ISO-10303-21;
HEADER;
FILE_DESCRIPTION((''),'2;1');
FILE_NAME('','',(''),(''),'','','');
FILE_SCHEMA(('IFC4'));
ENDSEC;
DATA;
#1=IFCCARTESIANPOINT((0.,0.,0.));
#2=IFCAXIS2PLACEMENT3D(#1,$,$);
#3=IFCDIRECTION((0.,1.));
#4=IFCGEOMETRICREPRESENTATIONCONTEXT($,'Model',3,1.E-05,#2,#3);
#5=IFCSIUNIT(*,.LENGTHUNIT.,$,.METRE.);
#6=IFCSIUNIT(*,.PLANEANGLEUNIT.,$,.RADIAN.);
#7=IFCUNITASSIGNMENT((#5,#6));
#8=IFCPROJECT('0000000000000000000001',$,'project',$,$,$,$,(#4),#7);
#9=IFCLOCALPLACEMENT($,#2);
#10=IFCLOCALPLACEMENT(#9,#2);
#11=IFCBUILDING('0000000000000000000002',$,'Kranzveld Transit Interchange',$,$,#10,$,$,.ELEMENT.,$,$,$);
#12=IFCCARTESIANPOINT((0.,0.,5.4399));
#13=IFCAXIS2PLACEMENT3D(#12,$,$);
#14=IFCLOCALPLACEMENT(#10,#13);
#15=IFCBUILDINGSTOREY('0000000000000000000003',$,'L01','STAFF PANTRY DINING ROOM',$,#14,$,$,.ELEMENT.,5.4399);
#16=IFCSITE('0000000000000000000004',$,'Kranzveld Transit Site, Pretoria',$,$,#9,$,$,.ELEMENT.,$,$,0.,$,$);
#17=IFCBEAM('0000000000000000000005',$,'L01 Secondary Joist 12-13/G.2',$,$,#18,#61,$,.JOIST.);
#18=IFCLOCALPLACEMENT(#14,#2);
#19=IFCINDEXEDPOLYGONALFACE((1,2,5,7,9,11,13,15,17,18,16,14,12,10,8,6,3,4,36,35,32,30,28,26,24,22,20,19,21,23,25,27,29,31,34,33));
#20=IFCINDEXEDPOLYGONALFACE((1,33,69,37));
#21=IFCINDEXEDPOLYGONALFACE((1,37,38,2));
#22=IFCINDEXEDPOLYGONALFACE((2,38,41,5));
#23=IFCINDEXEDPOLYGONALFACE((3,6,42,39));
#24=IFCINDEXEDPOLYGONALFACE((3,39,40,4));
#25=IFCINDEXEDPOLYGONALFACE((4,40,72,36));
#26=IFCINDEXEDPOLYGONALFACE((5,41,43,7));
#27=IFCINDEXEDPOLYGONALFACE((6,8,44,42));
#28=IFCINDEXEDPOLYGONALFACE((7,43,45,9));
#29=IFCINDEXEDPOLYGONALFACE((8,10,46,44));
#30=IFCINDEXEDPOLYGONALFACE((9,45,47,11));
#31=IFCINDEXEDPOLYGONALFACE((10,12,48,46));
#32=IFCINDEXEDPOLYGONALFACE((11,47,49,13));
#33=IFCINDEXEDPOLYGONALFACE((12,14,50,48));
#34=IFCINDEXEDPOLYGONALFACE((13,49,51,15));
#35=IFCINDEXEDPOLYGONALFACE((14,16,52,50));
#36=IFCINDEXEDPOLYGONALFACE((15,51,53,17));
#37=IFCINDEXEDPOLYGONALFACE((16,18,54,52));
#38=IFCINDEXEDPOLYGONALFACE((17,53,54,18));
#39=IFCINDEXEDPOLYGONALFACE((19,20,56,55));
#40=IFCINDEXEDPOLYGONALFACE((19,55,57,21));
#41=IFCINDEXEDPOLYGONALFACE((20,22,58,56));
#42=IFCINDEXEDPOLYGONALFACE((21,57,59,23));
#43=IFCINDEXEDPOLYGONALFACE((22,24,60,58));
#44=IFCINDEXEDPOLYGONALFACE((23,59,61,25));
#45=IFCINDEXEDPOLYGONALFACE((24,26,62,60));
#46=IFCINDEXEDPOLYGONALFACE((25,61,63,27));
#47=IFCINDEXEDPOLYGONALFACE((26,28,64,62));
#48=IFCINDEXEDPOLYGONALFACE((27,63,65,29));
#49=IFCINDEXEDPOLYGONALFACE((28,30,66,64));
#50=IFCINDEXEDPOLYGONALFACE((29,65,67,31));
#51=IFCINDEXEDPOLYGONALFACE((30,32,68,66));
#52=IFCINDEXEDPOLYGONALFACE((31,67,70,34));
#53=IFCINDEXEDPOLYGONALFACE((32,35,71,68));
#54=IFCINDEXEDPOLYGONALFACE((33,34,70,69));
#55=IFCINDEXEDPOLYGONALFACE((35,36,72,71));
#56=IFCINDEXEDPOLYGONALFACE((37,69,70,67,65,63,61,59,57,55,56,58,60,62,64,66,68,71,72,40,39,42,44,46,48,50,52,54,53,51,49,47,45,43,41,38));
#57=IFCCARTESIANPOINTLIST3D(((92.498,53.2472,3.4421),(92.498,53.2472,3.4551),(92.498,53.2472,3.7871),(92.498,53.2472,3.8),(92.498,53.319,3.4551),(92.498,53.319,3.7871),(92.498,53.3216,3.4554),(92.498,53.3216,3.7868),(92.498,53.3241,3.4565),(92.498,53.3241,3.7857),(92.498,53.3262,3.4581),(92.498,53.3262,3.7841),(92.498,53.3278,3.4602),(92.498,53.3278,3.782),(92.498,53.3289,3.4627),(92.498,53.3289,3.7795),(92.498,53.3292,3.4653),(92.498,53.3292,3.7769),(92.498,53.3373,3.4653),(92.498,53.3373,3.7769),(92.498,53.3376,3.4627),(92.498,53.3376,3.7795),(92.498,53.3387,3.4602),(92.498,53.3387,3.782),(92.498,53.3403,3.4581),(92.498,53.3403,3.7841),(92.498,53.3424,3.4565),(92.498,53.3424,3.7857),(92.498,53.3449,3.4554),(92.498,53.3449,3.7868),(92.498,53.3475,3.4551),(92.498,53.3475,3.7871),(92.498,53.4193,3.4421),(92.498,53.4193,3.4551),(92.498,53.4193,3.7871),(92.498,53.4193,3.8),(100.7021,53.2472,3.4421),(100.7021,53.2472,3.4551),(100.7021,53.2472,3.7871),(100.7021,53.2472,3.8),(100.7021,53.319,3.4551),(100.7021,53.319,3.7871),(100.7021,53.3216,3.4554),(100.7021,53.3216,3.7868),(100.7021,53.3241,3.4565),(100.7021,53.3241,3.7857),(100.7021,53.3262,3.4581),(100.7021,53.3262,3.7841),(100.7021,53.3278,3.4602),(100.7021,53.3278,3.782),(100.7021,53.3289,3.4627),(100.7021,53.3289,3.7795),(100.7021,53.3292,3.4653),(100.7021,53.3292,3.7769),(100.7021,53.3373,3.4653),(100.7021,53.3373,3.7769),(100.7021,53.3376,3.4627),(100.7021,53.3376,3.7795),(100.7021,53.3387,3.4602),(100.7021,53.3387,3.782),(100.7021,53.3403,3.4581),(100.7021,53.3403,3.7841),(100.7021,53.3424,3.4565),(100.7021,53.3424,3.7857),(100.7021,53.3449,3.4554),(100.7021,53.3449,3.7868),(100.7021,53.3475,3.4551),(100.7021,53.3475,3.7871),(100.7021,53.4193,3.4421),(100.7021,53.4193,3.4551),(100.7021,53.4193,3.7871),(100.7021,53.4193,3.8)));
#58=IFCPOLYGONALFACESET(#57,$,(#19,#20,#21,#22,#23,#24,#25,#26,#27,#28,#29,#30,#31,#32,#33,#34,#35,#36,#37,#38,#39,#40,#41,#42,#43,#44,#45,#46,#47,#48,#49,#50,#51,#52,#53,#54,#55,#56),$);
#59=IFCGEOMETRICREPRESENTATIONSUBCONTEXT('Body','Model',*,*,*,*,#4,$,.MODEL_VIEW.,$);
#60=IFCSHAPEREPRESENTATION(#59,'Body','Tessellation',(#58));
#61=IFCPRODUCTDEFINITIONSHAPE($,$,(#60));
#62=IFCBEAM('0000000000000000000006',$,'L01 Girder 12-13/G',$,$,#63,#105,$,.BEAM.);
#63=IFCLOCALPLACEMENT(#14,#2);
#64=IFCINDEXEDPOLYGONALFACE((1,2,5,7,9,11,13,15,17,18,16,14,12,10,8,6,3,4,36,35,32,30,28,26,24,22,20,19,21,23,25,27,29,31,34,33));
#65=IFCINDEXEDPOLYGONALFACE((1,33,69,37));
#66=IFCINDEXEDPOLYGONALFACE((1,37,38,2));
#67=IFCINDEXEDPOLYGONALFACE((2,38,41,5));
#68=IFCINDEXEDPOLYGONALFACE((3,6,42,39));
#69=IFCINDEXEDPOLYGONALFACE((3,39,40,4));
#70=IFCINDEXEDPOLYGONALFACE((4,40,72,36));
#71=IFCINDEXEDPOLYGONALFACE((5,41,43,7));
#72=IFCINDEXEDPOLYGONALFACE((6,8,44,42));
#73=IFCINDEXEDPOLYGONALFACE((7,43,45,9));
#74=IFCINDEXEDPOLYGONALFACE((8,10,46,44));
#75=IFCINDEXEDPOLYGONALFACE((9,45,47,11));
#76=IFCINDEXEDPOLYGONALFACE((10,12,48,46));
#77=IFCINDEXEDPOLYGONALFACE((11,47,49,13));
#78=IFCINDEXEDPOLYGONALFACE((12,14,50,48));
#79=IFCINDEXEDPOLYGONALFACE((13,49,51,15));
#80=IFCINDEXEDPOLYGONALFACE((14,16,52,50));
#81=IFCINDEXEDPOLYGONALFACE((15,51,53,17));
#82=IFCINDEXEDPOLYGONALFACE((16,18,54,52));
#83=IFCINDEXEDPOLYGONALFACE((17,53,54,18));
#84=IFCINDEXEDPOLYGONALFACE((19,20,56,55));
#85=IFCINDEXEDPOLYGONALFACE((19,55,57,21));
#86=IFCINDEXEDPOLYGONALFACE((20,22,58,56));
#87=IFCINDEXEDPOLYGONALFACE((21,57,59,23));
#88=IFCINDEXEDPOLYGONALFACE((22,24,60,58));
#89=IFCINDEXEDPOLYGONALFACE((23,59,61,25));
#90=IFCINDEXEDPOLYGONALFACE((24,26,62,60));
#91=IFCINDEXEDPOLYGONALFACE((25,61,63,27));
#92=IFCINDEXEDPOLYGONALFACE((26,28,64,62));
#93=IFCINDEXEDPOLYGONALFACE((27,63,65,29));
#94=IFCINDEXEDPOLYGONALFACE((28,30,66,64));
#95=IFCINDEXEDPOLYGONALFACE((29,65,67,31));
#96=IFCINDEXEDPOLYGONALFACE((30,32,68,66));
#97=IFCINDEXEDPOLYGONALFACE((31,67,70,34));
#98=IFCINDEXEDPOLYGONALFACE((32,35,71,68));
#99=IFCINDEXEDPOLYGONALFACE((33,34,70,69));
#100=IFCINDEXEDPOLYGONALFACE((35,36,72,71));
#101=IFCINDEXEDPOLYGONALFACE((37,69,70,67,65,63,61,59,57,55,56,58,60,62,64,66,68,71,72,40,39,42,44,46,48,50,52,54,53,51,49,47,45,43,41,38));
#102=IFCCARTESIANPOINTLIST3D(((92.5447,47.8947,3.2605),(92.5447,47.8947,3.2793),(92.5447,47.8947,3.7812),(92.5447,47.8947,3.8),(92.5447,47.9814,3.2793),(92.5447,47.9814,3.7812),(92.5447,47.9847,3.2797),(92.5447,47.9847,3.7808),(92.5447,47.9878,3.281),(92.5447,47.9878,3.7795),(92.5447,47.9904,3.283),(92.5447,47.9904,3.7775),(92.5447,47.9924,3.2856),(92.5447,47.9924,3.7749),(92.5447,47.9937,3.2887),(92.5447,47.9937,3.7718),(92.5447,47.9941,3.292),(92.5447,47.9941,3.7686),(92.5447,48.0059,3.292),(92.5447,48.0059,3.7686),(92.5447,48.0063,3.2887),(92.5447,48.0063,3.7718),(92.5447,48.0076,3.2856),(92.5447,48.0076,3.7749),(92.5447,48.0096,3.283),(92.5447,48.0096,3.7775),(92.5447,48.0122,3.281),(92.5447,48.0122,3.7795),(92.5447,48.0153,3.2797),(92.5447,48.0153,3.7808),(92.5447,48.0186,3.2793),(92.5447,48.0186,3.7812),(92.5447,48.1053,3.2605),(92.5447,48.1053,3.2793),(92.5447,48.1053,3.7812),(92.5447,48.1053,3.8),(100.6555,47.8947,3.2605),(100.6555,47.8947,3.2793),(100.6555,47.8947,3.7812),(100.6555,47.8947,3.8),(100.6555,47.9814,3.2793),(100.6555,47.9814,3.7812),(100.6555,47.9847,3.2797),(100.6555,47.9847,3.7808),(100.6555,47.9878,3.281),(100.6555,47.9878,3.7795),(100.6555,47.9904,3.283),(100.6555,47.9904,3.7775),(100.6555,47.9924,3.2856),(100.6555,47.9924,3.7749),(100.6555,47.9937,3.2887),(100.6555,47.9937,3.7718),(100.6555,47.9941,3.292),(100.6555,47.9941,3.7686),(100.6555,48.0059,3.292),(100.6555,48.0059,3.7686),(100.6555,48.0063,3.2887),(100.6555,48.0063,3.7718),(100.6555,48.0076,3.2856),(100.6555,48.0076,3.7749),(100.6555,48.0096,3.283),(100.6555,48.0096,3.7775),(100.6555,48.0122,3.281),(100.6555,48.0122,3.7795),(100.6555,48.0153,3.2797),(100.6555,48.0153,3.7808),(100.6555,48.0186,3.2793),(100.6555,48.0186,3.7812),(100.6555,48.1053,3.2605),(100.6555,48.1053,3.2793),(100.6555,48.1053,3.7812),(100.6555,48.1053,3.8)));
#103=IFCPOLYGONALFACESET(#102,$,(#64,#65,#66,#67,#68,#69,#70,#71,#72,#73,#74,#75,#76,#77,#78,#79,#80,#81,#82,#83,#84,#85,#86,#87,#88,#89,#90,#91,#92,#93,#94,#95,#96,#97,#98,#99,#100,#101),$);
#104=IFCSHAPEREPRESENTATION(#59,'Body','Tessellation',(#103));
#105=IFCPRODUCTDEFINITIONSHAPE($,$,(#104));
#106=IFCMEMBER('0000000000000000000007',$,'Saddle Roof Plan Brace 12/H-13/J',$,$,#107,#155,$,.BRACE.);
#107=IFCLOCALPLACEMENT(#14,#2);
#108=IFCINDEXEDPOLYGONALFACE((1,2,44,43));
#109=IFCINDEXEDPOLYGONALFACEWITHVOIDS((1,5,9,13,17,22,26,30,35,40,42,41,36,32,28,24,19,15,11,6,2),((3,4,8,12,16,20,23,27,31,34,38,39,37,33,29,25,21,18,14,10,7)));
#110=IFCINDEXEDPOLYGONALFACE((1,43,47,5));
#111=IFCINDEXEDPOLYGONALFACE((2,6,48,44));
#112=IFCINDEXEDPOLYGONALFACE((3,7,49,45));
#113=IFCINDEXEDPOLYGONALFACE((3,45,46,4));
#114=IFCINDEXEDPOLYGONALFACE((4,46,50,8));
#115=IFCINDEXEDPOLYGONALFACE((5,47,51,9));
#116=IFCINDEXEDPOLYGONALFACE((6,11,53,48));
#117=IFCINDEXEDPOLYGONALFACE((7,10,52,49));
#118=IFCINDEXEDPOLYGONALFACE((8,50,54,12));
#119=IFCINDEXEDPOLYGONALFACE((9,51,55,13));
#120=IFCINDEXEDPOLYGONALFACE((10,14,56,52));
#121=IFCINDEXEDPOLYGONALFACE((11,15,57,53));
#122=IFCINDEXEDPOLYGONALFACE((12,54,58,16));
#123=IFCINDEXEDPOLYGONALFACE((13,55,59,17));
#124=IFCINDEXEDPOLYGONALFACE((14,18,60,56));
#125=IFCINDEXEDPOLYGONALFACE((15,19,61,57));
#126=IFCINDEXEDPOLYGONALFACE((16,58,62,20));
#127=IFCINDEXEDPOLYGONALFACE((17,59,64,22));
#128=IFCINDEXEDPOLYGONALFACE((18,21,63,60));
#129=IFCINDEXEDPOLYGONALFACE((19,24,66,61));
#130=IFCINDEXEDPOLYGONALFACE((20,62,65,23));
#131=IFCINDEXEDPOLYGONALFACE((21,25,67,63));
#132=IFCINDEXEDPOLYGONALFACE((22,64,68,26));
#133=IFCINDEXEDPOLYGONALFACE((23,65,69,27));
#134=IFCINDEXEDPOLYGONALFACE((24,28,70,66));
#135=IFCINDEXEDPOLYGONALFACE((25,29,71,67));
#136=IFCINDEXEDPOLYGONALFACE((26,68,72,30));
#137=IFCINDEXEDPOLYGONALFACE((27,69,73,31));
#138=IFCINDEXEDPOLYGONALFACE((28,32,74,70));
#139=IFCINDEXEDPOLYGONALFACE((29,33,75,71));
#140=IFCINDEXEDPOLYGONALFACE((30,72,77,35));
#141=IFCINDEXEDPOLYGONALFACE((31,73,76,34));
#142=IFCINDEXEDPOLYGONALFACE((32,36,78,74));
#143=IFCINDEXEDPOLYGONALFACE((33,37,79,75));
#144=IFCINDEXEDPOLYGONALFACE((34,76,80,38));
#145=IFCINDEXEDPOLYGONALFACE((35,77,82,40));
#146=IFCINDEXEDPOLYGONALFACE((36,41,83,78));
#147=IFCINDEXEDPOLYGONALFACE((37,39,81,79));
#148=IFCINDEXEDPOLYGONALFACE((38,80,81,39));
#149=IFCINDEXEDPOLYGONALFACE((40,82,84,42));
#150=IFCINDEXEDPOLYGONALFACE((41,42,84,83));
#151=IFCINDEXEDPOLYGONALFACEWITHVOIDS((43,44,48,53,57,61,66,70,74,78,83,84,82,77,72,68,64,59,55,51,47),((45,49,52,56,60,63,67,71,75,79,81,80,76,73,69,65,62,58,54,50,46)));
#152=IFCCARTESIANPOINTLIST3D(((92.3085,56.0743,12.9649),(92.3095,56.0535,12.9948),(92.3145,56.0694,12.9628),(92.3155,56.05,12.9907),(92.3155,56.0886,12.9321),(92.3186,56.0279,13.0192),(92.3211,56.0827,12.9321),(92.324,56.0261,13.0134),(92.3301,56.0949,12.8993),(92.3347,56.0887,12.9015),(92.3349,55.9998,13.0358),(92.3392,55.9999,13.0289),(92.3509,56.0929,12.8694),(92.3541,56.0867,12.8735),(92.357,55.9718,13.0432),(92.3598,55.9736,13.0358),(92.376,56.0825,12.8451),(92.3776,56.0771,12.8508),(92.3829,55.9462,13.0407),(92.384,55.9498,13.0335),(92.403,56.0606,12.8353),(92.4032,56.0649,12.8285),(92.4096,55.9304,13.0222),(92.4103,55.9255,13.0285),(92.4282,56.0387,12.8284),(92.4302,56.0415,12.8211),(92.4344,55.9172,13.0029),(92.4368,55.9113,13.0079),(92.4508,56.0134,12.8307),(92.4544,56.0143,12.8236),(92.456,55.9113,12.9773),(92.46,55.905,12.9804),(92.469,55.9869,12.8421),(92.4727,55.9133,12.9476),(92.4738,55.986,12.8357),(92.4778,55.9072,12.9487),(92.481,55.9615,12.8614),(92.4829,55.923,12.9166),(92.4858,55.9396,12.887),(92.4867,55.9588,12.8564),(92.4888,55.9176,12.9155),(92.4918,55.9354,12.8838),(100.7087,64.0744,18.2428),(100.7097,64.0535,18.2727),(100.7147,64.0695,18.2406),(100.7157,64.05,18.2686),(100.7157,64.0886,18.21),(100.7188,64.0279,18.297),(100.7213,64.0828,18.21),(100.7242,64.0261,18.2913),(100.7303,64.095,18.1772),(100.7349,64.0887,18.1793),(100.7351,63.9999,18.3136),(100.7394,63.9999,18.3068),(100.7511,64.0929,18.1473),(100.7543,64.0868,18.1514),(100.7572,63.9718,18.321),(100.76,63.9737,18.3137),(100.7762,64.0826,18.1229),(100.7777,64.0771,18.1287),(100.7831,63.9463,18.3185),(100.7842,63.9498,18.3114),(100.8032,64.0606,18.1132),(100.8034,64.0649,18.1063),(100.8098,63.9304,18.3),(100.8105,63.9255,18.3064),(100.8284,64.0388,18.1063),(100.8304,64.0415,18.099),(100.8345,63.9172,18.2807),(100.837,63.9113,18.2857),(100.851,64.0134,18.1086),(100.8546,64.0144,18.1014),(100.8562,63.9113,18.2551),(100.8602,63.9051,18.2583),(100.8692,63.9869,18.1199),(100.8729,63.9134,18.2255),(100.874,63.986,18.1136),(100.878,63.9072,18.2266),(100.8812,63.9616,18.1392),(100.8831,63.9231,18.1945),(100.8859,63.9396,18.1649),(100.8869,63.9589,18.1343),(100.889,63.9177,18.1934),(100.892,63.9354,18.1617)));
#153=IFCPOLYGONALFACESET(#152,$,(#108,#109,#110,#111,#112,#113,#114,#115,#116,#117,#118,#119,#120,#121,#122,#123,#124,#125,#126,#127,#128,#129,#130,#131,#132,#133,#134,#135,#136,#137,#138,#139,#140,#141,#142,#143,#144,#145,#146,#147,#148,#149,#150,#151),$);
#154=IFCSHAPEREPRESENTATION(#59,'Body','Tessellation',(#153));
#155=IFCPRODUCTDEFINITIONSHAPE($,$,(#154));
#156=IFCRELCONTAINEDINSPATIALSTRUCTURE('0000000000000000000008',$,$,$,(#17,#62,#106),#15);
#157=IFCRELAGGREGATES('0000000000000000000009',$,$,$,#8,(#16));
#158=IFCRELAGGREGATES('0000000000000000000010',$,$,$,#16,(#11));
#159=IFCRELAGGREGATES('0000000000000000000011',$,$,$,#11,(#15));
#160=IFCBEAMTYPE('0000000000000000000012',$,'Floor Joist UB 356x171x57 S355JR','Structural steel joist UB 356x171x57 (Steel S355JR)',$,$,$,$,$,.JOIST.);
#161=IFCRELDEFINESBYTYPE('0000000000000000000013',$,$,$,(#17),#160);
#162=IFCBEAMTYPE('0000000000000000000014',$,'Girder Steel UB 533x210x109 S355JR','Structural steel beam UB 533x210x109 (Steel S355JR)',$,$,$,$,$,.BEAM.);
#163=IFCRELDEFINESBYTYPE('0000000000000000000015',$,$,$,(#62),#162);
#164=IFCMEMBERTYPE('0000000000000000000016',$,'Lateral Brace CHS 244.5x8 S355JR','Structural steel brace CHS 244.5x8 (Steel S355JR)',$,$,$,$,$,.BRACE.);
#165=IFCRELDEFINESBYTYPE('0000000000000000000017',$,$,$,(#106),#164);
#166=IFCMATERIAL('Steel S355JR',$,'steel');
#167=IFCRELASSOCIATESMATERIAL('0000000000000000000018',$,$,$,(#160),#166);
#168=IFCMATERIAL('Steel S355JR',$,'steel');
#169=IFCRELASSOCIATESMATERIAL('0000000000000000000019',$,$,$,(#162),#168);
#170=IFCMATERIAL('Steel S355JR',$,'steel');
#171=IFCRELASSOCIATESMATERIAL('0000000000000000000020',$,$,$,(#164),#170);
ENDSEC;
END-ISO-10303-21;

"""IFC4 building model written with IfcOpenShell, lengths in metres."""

from ifc_helpers import new_model, si_unit, direction, frame, origin, origin_2d, place, context, subcontext, project, spatial, hollow_circle, i_section, extrude, material, material_profile, profile_set, type_object, element, save


model = new_model("IFC4")

# Units and contexts
model_context = context("Model", 3, precision=1e-05, world=origin(), true_north=direction((0.0, 1.0)))
body_context = subcontext(model_context, "Body", "Model", "MODEL_VIEW")
ifc_project = project(units=[si_unit("LENGTHUNIT", "METRE"), si_unit("PLANEANGLEUNIT", "RADIAN")], contexts=[model_context])

# Site, building, storey
site_placement = place(None, origin())
site = spatial("IfcSite", under=ifc_project, at=site_placement, Name="Kranzveld Transit Site, Pretoria", CompositionType="ELEMENT", RefElevation=0.0)
building_placement = place(site_placement, origin())
building = spatial("IfcBuilding", under=site, at=building_placement, Name="Kranzveld Transit Interchange", CompositionType="ELEMENT")
storey_placement = place(building_placement, frame((0.0, 0.0, 5.4399)))
storey = spatial("IfcBuildingStorey", under=building, at=storey_placement, Name="L01", Description="STAFF PANTRY DINING ROOM", CompositionType="ELEMENT", Elevation=5.4399)

# Beams
ifc_material_1 = material(Name="Steel S355JR", Category="steel")
ifc_material_profile_1 = material_profile(ifc_material_1, i_section(OverallWidth=0.1721, OverallDepth=0.3579, WebThickness=0.0081, FlangeThickness=0.0129, FilletRadius=0.0103, at=origin_2d()), Name="UB 356x171x57")
ifc_profile_set_1 = profile_set([ifc_material_profile_1], Name="Steel S355JR")
beam_type_1 = type_object("IfcBeamType", Name="Floor Joist UB 356x171x57 S355JR", Description="Structural steel joist UB 356x171x57 (Steel S355JR)", PredefinedType="JOIST", material=ifc_profile_set_1)
for number, where, z_axis, x_axis, name in (
    (1, (92.498, 53.3333, 3.6211), (1.0, 0.0, 0.0), (0.0, 1.0, 0.0), "L01 Secondary Joist 12-13/G.2"),
):
    element("IfcBeam", number, at=place(storey_placement, frame(where, z_axis=z_axis, x_axis=x_axis)), inside=storey, type_object=beam_type_1, Name=name, PredefinedType="JOIST", context=body_context, shape_type="SweptSolid", body=[
        extrude(i_section(OverallWidth=0.1721, OverallDepth=0.3579, WebThickness=0.0081, FlangeThickness=0.0129, FilletRadius=0.0103, at=origin_2d()), origin(), (0.0, 0.0, 1.0), 8.2041),
    ])
ifc_material_2 = material(Name="Steel S355JR", Category="steel")
ifc_material_profile_2 = material_profile(ifc_material_2, i_section(OverallWidth=0.2107, OverallDepth=0.5396, WebThickness=0.0117, FlangeThickness=0.0188, FilletRadius=0.0127, at=origin_2d()), Name="UB 533x210x109")
ifc_profile_set_2 = profile_set([ifc_material_profile_2], Name="Steel S355JR")
beam_type_2 = type_object("IfcBeamType", Name="Girder Steel UB 533x210x109 S355JR", Description="Structural steel beam UB 533x210x109 (Steel S355JR)", PredefinedType="BEAM", material=ifc_profile_set_2)
beam_1_placement = place(storey_placement, frame((92.5447, 48.0, 3.5303), z_axis=(1.0, 0.0, 0.0), x_axis=(0.0, 1.0, 0.0)))
element("IfcBeam", 2, at=beam_1_placement, inside=storey, type_object=beam_type_2, Name="L01 Girder 12-13/G", PredefinedType="BEAM", context=body_context, shape_type="SweptSolid", body=[
    extrude(i_section(OverallWidth=0.2107, OverallDepth=0.5396, WebThickness=0.0117, FlangeThickness=0.0188, FilletRadius=0.0127, at=origin_2d()), origin(), (0.0, 0.0, 1.0), 8.1108),
])

# Member
ifc_material_3 = material(Name="Steel S355JR", Category="steel")
ifc_material_profile_3 = material_profile(ifc_material_3, hollow_circle(Radius=0.1223, WallThickness=0.0081, at=origin_2d()), Name="CHS 244.5x8")
ifc_profile_set_3 = profile_set([ifc_material_profile_3], Name="Steel S355JR")
member_type = type_object("IfcMemberType", Name="Lateral Brace CHS 244.5x8 S355JR", Description="Structural steel brace CHS 244.5x8 (Steel S355JR)", PredefinedType="BRACE", material=ifc_profile_set_3)
member_placement = place(storey_placement, frame((92.3999, 56.0, 12.9321), z_axis=(0.659128, 0.62773, 0.414132), x_axis=(-0.689649, 0.724144, 0.0)))
element("IfcMember", 3, at=member_placement, inside=storey, type_object=member_type, Name="Saddle Roof Plan Brace 12/H-13/J", PredefinedType="BRACE", context=body_context, shape_type="SweptSolid", body=[
    extrude(hollow_circle(Radius=0.1223, WallThickness=0.0081, at=origin_2d()), origin(), (0.0, 0.0, 1.0), 12.7444),
])

save(model, "model.ifc")
